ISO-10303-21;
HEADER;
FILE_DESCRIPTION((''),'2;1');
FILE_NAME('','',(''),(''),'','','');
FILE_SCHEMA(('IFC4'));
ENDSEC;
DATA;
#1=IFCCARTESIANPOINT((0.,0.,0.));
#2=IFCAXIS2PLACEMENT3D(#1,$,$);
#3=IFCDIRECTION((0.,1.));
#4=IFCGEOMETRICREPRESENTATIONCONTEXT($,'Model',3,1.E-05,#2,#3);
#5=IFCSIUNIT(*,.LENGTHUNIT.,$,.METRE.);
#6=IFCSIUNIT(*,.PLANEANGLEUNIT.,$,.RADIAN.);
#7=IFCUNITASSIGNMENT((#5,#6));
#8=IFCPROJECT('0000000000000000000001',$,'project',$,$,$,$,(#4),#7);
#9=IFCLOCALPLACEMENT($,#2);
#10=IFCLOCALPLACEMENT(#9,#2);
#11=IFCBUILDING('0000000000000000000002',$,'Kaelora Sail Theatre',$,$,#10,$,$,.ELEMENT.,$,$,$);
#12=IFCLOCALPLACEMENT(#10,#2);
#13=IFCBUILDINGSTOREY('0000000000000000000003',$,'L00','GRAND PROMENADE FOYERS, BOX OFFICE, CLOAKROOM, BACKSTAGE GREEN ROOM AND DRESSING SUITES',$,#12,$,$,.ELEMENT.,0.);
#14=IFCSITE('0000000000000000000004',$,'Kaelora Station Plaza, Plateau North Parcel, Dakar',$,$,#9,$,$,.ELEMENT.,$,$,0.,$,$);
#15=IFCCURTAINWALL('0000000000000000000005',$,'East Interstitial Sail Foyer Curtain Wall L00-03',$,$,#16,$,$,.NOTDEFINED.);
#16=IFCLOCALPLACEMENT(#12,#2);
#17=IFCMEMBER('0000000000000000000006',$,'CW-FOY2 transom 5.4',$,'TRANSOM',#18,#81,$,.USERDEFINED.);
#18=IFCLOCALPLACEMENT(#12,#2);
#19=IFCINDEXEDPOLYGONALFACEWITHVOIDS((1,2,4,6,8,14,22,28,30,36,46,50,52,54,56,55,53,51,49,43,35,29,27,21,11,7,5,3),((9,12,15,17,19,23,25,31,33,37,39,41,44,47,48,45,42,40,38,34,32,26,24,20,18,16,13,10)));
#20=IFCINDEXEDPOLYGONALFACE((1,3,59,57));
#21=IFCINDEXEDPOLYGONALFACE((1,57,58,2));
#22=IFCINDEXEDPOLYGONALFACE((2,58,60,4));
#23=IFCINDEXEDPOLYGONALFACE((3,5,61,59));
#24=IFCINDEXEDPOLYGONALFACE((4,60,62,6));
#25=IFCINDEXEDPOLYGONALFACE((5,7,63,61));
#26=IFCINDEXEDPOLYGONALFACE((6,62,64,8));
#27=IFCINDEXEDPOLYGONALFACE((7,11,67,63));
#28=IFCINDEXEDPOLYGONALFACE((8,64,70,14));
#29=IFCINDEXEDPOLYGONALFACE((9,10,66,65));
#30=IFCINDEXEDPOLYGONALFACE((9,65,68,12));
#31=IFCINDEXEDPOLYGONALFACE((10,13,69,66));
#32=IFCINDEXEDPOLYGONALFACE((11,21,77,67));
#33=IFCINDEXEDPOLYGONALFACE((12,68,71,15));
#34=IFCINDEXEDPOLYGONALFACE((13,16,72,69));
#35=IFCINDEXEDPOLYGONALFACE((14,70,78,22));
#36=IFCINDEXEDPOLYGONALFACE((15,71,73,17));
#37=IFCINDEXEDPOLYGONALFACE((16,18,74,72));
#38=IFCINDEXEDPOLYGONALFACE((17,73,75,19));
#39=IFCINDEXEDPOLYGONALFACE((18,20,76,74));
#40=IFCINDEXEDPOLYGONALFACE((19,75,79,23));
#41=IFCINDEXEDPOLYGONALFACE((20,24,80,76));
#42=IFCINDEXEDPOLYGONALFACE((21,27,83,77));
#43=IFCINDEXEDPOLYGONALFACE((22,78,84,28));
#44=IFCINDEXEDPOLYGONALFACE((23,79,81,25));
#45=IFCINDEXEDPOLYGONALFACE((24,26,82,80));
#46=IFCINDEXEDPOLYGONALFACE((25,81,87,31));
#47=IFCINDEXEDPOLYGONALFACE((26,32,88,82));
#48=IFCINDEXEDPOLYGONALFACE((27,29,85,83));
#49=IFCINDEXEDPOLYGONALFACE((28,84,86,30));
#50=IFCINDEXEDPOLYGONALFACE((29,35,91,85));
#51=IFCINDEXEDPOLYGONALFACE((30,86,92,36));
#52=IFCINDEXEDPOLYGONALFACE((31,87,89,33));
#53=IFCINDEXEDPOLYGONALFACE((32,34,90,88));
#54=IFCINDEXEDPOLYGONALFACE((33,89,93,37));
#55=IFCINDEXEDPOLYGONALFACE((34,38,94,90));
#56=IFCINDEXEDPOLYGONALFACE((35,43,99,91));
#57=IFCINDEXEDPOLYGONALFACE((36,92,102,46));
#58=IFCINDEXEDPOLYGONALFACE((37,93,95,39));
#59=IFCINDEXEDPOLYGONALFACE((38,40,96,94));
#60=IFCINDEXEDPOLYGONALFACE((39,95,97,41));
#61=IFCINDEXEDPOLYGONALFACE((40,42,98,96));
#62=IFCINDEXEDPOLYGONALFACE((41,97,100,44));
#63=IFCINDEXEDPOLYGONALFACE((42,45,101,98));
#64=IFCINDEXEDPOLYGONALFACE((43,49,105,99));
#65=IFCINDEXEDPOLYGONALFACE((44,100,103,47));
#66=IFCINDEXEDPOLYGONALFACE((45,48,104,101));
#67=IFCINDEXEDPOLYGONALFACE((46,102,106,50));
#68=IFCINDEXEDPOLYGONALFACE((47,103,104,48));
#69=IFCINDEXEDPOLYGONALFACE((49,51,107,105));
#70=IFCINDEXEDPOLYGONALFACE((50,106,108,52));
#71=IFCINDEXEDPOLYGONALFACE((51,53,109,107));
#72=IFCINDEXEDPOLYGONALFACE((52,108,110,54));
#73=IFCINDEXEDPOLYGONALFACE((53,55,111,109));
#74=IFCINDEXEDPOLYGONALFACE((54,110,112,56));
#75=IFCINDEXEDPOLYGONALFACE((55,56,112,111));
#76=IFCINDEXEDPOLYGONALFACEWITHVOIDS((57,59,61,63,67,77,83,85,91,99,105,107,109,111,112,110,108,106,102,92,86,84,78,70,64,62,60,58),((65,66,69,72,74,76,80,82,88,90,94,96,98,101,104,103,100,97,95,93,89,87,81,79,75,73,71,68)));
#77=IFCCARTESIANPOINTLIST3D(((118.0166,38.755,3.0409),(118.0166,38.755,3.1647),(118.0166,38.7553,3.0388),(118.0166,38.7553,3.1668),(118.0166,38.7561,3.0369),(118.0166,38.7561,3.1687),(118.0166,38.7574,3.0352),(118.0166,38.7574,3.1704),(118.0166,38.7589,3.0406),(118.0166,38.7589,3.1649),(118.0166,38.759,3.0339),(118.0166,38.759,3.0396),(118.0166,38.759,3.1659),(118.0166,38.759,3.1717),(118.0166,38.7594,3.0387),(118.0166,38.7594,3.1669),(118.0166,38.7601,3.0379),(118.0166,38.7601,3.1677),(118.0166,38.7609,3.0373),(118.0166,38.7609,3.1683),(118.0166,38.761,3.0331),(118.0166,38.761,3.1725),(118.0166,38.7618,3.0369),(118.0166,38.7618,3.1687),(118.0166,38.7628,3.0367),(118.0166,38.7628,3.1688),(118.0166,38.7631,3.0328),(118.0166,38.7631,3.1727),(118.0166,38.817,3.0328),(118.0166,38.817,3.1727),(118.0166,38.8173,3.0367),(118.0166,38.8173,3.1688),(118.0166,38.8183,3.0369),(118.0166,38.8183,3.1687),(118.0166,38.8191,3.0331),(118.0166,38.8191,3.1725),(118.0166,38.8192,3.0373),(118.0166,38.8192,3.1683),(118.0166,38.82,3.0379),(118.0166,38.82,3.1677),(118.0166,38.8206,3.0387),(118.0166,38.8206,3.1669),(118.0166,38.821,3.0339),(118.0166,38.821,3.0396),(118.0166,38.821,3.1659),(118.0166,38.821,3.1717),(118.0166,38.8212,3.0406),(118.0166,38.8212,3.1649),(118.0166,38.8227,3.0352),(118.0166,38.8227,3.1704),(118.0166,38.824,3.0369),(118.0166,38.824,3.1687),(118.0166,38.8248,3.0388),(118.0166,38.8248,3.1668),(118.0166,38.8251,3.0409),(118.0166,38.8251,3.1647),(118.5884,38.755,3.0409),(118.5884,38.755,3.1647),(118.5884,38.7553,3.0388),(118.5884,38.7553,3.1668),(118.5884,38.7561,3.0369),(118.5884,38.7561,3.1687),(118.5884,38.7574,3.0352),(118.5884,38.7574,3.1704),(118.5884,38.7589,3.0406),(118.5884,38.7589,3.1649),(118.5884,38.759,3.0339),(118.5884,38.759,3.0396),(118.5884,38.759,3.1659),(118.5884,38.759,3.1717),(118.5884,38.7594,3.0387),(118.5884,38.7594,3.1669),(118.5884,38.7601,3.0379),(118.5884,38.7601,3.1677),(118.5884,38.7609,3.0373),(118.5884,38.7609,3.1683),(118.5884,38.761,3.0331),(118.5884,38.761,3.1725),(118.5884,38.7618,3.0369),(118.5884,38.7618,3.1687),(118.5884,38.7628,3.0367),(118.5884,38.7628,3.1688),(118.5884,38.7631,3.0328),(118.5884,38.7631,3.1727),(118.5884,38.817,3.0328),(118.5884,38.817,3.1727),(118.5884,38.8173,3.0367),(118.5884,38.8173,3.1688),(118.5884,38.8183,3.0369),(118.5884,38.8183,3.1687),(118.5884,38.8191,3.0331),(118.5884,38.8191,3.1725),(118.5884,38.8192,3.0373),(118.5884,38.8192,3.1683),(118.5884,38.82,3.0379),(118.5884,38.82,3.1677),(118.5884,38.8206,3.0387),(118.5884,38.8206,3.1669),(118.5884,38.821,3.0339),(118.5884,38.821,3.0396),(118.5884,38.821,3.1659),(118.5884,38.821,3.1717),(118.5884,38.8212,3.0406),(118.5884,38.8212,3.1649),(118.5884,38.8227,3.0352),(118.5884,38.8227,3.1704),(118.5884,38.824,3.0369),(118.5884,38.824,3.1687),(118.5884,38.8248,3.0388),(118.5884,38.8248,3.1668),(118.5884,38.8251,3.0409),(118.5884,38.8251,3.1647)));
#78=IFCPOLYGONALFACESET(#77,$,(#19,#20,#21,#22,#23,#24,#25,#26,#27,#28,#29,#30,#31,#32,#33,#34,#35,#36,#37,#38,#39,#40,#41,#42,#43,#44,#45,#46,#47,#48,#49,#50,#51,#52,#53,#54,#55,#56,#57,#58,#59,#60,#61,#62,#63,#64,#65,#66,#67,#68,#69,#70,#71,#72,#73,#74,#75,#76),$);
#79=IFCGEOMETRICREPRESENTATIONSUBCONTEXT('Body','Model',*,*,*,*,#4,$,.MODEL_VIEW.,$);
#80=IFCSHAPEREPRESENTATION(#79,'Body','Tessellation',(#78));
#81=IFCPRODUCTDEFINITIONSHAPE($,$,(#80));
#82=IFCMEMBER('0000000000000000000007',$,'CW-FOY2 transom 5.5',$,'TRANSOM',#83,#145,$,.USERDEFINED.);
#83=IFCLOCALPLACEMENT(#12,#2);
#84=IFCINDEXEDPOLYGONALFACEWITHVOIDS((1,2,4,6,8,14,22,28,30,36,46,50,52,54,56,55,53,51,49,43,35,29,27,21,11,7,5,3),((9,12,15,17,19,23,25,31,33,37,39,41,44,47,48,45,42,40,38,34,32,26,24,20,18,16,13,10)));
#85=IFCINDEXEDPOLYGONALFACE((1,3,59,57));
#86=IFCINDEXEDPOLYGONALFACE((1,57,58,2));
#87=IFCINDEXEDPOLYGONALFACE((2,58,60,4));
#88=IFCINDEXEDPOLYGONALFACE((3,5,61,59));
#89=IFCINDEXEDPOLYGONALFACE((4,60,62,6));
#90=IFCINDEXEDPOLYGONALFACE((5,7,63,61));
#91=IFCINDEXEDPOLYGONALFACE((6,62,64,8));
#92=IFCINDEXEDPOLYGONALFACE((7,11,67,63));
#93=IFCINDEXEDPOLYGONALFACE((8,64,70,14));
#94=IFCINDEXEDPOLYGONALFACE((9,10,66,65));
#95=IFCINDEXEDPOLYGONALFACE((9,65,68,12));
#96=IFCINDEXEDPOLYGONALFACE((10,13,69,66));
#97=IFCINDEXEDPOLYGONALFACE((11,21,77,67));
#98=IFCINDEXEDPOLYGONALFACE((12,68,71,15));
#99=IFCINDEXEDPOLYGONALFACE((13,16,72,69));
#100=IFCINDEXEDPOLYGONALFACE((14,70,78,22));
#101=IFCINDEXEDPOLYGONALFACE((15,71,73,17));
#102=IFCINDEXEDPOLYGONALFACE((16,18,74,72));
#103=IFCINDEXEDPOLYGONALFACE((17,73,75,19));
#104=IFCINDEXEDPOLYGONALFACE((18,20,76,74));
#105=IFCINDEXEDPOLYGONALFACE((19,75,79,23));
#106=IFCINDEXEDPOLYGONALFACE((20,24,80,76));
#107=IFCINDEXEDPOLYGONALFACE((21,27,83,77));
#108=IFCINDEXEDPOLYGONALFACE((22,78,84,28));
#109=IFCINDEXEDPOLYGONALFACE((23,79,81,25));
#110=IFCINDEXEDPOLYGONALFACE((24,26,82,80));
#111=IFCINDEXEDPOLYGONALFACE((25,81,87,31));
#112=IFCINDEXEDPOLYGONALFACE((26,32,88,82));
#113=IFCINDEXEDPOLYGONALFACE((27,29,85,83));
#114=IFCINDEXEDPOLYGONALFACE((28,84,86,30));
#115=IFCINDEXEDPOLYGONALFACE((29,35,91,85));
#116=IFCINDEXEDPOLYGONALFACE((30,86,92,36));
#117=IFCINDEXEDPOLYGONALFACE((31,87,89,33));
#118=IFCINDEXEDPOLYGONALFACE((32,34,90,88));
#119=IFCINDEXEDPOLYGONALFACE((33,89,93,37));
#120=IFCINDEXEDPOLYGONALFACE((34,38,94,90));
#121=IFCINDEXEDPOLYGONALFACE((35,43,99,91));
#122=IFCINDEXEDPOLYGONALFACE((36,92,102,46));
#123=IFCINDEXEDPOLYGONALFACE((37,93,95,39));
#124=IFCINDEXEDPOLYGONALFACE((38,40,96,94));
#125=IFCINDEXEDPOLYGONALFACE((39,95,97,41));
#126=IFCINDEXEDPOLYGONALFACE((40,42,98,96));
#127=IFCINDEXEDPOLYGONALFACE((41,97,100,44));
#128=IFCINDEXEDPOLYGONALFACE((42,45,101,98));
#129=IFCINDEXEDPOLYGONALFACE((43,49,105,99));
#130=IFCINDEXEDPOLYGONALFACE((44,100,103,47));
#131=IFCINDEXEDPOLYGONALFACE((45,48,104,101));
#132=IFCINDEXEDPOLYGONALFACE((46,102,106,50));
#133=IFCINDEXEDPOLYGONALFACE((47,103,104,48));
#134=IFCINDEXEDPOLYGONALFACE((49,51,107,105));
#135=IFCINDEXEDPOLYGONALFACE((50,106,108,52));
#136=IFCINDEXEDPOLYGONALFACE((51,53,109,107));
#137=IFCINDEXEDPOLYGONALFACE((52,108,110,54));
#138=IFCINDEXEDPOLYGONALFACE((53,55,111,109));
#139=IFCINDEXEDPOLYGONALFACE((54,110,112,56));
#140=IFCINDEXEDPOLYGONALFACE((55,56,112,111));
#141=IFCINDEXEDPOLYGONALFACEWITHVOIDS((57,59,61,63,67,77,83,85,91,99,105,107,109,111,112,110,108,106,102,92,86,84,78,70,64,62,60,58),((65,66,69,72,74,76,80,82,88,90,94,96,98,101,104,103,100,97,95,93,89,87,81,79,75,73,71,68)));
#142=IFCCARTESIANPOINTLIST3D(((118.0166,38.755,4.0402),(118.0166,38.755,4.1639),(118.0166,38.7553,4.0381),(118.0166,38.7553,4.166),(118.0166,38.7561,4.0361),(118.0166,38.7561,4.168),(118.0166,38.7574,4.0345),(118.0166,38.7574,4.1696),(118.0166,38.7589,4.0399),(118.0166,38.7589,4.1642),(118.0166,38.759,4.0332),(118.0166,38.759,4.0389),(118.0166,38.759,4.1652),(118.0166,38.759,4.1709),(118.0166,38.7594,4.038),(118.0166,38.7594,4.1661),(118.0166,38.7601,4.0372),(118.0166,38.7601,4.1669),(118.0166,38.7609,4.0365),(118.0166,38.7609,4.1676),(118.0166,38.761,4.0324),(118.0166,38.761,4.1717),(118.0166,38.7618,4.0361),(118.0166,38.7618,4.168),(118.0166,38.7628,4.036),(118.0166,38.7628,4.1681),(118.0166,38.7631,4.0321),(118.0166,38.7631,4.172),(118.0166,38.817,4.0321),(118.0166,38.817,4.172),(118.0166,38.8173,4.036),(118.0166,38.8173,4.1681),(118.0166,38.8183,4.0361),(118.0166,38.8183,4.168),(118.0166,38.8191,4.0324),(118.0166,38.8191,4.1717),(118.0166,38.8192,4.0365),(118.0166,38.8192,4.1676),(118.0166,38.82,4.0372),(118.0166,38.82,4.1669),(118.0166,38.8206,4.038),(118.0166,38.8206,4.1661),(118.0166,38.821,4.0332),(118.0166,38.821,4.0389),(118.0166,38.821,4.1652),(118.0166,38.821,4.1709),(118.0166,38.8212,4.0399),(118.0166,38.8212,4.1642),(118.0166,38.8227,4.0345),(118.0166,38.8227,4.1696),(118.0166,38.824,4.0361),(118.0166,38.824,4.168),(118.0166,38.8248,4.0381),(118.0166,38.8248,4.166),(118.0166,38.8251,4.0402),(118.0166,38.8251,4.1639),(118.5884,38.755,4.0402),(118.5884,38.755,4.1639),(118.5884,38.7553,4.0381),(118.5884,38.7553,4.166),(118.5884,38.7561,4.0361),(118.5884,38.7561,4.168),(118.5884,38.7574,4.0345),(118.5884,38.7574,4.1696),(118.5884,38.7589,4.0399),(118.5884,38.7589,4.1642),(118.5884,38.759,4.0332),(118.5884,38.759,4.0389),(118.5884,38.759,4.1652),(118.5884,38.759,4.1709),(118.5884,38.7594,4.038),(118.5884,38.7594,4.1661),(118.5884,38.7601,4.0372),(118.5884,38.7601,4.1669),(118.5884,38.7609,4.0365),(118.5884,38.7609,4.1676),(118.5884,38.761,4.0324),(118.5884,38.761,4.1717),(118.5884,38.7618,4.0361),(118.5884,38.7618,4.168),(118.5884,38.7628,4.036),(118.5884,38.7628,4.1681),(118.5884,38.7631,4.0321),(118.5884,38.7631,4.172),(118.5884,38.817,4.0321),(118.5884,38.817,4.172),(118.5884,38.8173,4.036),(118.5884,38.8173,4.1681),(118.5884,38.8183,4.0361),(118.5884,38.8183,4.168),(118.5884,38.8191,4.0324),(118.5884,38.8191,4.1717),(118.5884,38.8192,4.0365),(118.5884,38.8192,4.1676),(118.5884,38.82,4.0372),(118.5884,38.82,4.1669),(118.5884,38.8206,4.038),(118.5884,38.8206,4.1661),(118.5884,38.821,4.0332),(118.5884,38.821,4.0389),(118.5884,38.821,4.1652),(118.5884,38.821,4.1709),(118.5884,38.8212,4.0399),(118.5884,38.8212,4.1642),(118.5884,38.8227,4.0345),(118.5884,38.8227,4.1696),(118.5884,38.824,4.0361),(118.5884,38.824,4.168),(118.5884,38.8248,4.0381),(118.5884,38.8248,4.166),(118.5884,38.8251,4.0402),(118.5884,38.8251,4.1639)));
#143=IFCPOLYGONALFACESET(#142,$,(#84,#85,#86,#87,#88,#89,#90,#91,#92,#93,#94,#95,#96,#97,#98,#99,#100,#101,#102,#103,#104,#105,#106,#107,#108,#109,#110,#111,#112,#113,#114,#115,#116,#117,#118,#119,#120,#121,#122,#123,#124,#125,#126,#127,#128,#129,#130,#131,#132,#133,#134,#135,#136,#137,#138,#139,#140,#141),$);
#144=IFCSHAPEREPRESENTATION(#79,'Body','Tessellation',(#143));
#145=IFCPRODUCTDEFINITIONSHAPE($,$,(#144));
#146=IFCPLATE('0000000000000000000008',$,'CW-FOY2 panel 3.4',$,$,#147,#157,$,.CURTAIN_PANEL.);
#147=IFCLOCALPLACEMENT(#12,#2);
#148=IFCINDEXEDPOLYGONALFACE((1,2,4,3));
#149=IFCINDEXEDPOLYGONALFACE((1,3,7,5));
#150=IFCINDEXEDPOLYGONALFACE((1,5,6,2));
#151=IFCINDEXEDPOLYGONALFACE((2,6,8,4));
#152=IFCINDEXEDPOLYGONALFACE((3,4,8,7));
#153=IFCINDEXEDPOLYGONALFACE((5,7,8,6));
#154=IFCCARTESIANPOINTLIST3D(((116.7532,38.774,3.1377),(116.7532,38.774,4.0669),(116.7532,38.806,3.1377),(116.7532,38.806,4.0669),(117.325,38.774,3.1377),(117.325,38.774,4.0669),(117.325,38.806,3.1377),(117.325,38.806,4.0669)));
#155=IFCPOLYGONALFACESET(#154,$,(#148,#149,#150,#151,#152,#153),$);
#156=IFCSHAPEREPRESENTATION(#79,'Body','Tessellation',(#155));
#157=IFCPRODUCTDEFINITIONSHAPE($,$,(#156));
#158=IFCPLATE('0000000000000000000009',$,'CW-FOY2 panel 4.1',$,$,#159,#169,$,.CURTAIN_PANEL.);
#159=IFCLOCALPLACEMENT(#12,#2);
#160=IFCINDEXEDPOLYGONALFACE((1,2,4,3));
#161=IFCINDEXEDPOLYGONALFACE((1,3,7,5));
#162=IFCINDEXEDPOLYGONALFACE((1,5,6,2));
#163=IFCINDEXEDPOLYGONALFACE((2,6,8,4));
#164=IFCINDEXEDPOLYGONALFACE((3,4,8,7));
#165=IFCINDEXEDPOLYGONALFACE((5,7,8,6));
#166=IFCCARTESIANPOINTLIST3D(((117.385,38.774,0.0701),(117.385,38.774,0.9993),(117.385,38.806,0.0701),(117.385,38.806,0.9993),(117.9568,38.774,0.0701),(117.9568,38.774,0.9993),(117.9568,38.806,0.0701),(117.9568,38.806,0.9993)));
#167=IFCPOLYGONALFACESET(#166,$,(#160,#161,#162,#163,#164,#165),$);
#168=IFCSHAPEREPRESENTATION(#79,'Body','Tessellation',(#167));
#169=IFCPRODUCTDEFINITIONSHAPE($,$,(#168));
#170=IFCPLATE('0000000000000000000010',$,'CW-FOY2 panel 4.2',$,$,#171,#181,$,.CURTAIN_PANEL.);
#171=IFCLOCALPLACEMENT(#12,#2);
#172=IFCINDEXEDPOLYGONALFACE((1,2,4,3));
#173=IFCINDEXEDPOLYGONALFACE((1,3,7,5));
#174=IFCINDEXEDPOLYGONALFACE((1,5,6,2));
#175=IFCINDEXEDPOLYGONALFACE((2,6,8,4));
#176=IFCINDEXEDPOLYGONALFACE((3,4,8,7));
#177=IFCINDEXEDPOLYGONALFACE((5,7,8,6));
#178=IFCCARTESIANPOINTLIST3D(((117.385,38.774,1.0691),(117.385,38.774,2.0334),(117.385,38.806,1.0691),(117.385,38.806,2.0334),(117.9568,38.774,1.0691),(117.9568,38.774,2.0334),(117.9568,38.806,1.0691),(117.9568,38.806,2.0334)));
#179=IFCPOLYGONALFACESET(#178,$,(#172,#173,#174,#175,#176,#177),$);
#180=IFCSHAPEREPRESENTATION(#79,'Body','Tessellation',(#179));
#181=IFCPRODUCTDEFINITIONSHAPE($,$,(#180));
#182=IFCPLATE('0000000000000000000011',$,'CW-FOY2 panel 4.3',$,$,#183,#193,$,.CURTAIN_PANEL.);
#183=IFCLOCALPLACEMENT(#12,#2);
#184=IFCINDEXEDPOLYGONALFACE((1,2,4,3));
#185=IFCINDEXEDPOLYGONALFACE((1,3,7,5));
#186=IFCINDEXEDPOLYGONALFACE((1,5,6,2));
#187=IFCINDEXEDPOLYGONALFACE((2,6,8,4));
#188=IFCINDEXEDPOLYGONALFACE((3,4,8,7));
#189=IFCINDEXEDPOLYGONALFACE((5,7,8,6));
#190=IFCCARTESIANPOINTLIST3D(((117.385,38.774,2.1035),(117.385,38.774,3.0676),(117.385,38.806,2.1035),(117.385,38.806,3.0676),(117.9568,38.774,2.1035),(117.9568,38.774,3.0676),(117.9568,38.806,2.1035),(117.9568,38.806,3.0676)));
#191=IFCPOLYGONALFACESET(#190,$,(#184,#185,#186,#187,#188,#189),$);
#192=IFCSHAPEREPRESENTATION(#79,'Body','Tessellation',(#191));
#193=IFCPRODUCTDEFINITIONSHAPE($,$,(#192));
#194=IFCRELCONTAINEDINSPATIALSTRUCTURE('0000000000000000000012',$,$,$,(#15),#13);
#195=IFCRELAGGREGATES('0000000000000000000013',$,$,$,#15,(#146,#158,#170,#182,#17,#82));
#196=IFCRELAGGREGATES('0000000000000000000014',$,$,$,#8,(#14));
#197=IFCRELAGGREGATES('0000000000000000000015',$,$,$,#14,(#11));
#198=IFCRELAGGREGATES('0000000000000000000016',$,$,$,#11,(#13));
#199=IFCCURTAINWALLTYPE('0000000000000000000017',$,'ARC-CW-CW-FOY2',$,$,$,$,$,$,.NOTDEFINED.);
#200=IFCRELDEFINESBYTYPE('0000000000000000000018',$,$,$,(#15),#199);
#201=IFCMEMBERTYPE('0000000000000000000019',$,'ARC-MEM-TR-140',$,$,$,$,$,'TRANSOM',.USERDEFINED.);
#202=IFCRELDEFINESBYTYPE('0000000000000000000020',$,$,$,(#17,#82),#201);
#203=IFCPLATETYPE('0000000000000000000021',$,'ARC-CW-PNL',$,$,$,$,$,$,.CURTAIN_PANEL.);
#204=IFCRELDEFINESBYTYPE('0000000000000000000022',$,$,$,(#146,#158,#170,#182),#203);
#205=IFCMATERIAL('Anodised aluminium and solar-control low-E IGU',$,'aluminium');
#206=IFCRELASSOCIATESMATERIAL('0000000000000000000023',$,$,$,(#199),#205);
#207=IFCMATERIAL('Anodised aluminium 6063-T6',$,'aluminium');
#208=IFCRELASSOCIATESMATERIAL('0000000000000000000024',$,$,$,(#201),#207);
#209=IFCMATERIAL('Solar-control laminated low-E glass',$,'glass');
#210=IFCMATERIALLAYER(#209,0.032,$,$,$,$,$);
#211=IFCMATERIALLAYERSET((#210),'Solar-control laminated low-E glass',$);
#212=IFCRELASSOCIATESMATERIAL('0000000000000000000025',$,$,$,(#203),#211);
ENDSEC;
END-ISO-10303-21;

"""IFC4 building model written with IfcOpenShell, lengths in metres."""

from ifc_helpers import new_model, si_unit, direction, frame, origin, origin_2d, place, context, subcontext, project, spatial, rectangle, hollow_rectangle, extrude, material, layer, layer_set, material_profile, profile_set, type_object, element, aggregate, save


model = new_model("IFC4")

# Units and contexts
model_context = context("Model", 3, precision=1e-05, world=origin(), true_north=direction((0.0, 1.0)))
body_context = subcontext(model_context, "Body", "Model", "MODEL_VIEW")
ifc_project = project(units=[si_unit("LENGTHUNIT", "METRE"), si_unit("PLANEANGLEUNIT", "RADIAN")], contexts=[model_context])

# Site, building, storey
site_placement = place(None, origin())
site = spatial("IfcSite", under=ifc_project, at=site_placement, Name="Kaelora Station Plaza, Plateau North Parcel, Dakar", CompositionType="ELEMENT", RefElevation=0.0)
building_placement = place(site_placement, origin())
building = spatial("IfcBuilding", under=site, at=building_placement, Name="Kaelora Sail Theatre", CompositionType="ELEMENT")
storey_placement = place(building_placement, origin())
storey = spatial("IfcBuildingStorey", under=building, at=storey_placement, Name="L00", Description="GRAND PROMENADE FOYERS, BOX OFFICE, CLOAKROOM, BACKSTAGE GREEN ROOM AND DRESSING SUITES", CompositionType="ELEMENT", Elevation=0.0)

# Curtain wall, members, plates
ifc_material_1 = material(Name="Anodised aluminium and solar-control low-E IGU", Category="aluminium")
curtain_wall_type = type_object("IfcCurtainWallType", Name="ARC-CW-CW-FOY2", PredefinedType="NOTDEFINED", material=ifc_material_1)
curtain_wall_placement = place(storey_placement, origin())
curtain_wall = element("IfcCurtainWall", 1, at=curtain_wall_placement, inside=storey, type_object=curtain_wall_type, Name="East Interstitial Sail Foyer Curtain Wall L00-03", PredefinedType="NOTDEFINED")
ifc_material_2 = material(Name="Anodised aluminium 6063-T6", Category="aluminium")
ifc_material_profile_1 = material_profile(ifc_material_2, hollow_rectangle(XDim=0.0701, YDim=0.1399, WallThickness=0.0039, InnerFilletRadius=0.0039, OuterFilletRadius=0.0081, at=origin_2d()), Name="ALU-TRAN 70x140x4")
ifc_profile_set_1 = profile_set([ifc_material_profile_1], Name="Anodised aluminium 6063-T6")
member_type_1 = type_object("IfcMemberType", Name="ARC-MEM-TR-140", ElementType="TRANSOM", PredefinedType="USERDEFINED", material=ifc_profile_set_1)
member_1_placement = place(storey_placement, frame((118.0166, 38.79, 3.1028), z_axis=(1.0, 0.0, 0.0), x_axis=(0.0, 1.0, 0.0)))
member_1 = element("IfcMember", 2, at=member_1_placement, type_object=member_type_1, Name="CW-FOY2 transom 5.4", ObjectType="TRANSOM", PredefinedType="USERDEFINED", context=body_context, shape_type="SweptSolid", body=[
    extrude(hollow_rectangle(XDim=0.0701, YDim=0.1399, WallThickness=0.0039, InnerFilletRadius=0.0039, OuterFilletRadius=0.0081, at=origin_2d()), origin(), (0.0, 0.0, 1.0), 0.5718),
])
member_2_placement = place(storey_placement, frame((118.0166, 38.79, 4.1021), z_axis=(1.0, 0.0, 0.0), x_axis=(0.0, 1.0, 0.0)))
member_2 = element("IfcMember", 3, at=member_2_placement, type_object=member_type_1, Name="CW-FOY2 transom 5.5", ObjectType="TRANSOM", PredefinedType="USERDEFINED", context=body_context, shape_type="SweptSolid", body=[
    extrude(hollow_rectangle(XDim=0.0701, YDim=0.1399, WallThickness=0.0039, InnerFilletRadius=0.0039, OuterFilletRadius=0.0081, at=origin_2d()), origin(), (0.0, 0.0, 1.0), 0.5718),
])
ifc_material_3 = material(Name="Solar-control laminated low-E glass", Category="glass")
ifc_layer = layer(ifc_material_3, 0.032)
ifc_layer_set = layer_set([ifc_layer], Name="Solar-control laminated low-E glass")
plate_type = type_object("IfcPlateType", Name="ARC-CW-PNL", PredefinedType="CURTAIN_PANEL", material=ifc_layer_set)
plate_1_placement = place(storey_placement, frame((117.0391, 38.79, 3.1377), z_axis=(0.0, 0.0, 1.0), x_axis=(1.0, 0.0, 0.0)))
plate_1 = element("IfcPlate", 4, at=plate_1_placement, type_object=plate_type, Name="CW-FOY2 panel 3.4", PredefinedType="CURTAIN_PANEL", context=body_context, shape_type="SweptSolid", body=[
    extrude(rectangle(XDim=0.5718, YDim=0.032, at=origin_2d()), origin(), (0.0, 0.0, 1.0), 0.9292),
])
plate_2_placement = place(storey_placement, frame((117.6709, 38.79, 0.0701), z_axis=(0.0, 0.0, 1.0), x_axis=(1.0, 0.0, 0.0)))
plate_2 = element("IfcPlate", 5, at=plate_2_placement, type_object=plate_type, Name="CW-FOY2 panel 4.1", PredefinedType="CURTAIN_PANEL", context=body_context, shape_type="SweptSolid", body=[
    extrude(rectangle(XDim=0.5718, YDim=0.032, at=origin_2d()), origin(), (0.0, 0.0, 1.0), 0.9292),
])
plate_3_placement = place(storey_placement, frame((117.6709, 38.79, 1.0691), z_axis=(0.0, 0.0, 1.0), x_axis=(1.0, 0.0, 0.0)))
plate_3 = element("IfcPlate", 6, at=plate_3_placement, type_object=plate_type, Name="CW-FOY2 panel 4.2", PredefinedType="CURTAIN_PANEL", context=body_context, shape_type="SweptSolid", body=[
    extrude(rectangle(XDim=0.5718, YDim=0.032, at=origin_2d()), origin(), (0.0, 0.0, 1.0), 0.9644),
])
plate_4_placement = place(storey_placement, frame((117.6709, 38.79, 2.1035), z_axis=(0.0, 0.0, 1.0), x_axis=(1.0, 0.0, 0.0)))
plate_4 = element("IfcPlate", 7, at=plate_4_placement, type_object=plate_type, Name="CW-FOY2 panel 4.3", PredefinedType="CURTAIN_PANEL", context=body_context, shape_type="SweptSolid", body=[
    extrude(rectangle(XDim=0.5718, YDim=0.032, at=origin_2d()), origin(), (0.0, 0.0, 1.0), 0.9641),
])
aggregate(curtain_wall, [plate_1, plate_2, plate_3, plate_4, member_1, member_2])

save(model, "model.ifc")
